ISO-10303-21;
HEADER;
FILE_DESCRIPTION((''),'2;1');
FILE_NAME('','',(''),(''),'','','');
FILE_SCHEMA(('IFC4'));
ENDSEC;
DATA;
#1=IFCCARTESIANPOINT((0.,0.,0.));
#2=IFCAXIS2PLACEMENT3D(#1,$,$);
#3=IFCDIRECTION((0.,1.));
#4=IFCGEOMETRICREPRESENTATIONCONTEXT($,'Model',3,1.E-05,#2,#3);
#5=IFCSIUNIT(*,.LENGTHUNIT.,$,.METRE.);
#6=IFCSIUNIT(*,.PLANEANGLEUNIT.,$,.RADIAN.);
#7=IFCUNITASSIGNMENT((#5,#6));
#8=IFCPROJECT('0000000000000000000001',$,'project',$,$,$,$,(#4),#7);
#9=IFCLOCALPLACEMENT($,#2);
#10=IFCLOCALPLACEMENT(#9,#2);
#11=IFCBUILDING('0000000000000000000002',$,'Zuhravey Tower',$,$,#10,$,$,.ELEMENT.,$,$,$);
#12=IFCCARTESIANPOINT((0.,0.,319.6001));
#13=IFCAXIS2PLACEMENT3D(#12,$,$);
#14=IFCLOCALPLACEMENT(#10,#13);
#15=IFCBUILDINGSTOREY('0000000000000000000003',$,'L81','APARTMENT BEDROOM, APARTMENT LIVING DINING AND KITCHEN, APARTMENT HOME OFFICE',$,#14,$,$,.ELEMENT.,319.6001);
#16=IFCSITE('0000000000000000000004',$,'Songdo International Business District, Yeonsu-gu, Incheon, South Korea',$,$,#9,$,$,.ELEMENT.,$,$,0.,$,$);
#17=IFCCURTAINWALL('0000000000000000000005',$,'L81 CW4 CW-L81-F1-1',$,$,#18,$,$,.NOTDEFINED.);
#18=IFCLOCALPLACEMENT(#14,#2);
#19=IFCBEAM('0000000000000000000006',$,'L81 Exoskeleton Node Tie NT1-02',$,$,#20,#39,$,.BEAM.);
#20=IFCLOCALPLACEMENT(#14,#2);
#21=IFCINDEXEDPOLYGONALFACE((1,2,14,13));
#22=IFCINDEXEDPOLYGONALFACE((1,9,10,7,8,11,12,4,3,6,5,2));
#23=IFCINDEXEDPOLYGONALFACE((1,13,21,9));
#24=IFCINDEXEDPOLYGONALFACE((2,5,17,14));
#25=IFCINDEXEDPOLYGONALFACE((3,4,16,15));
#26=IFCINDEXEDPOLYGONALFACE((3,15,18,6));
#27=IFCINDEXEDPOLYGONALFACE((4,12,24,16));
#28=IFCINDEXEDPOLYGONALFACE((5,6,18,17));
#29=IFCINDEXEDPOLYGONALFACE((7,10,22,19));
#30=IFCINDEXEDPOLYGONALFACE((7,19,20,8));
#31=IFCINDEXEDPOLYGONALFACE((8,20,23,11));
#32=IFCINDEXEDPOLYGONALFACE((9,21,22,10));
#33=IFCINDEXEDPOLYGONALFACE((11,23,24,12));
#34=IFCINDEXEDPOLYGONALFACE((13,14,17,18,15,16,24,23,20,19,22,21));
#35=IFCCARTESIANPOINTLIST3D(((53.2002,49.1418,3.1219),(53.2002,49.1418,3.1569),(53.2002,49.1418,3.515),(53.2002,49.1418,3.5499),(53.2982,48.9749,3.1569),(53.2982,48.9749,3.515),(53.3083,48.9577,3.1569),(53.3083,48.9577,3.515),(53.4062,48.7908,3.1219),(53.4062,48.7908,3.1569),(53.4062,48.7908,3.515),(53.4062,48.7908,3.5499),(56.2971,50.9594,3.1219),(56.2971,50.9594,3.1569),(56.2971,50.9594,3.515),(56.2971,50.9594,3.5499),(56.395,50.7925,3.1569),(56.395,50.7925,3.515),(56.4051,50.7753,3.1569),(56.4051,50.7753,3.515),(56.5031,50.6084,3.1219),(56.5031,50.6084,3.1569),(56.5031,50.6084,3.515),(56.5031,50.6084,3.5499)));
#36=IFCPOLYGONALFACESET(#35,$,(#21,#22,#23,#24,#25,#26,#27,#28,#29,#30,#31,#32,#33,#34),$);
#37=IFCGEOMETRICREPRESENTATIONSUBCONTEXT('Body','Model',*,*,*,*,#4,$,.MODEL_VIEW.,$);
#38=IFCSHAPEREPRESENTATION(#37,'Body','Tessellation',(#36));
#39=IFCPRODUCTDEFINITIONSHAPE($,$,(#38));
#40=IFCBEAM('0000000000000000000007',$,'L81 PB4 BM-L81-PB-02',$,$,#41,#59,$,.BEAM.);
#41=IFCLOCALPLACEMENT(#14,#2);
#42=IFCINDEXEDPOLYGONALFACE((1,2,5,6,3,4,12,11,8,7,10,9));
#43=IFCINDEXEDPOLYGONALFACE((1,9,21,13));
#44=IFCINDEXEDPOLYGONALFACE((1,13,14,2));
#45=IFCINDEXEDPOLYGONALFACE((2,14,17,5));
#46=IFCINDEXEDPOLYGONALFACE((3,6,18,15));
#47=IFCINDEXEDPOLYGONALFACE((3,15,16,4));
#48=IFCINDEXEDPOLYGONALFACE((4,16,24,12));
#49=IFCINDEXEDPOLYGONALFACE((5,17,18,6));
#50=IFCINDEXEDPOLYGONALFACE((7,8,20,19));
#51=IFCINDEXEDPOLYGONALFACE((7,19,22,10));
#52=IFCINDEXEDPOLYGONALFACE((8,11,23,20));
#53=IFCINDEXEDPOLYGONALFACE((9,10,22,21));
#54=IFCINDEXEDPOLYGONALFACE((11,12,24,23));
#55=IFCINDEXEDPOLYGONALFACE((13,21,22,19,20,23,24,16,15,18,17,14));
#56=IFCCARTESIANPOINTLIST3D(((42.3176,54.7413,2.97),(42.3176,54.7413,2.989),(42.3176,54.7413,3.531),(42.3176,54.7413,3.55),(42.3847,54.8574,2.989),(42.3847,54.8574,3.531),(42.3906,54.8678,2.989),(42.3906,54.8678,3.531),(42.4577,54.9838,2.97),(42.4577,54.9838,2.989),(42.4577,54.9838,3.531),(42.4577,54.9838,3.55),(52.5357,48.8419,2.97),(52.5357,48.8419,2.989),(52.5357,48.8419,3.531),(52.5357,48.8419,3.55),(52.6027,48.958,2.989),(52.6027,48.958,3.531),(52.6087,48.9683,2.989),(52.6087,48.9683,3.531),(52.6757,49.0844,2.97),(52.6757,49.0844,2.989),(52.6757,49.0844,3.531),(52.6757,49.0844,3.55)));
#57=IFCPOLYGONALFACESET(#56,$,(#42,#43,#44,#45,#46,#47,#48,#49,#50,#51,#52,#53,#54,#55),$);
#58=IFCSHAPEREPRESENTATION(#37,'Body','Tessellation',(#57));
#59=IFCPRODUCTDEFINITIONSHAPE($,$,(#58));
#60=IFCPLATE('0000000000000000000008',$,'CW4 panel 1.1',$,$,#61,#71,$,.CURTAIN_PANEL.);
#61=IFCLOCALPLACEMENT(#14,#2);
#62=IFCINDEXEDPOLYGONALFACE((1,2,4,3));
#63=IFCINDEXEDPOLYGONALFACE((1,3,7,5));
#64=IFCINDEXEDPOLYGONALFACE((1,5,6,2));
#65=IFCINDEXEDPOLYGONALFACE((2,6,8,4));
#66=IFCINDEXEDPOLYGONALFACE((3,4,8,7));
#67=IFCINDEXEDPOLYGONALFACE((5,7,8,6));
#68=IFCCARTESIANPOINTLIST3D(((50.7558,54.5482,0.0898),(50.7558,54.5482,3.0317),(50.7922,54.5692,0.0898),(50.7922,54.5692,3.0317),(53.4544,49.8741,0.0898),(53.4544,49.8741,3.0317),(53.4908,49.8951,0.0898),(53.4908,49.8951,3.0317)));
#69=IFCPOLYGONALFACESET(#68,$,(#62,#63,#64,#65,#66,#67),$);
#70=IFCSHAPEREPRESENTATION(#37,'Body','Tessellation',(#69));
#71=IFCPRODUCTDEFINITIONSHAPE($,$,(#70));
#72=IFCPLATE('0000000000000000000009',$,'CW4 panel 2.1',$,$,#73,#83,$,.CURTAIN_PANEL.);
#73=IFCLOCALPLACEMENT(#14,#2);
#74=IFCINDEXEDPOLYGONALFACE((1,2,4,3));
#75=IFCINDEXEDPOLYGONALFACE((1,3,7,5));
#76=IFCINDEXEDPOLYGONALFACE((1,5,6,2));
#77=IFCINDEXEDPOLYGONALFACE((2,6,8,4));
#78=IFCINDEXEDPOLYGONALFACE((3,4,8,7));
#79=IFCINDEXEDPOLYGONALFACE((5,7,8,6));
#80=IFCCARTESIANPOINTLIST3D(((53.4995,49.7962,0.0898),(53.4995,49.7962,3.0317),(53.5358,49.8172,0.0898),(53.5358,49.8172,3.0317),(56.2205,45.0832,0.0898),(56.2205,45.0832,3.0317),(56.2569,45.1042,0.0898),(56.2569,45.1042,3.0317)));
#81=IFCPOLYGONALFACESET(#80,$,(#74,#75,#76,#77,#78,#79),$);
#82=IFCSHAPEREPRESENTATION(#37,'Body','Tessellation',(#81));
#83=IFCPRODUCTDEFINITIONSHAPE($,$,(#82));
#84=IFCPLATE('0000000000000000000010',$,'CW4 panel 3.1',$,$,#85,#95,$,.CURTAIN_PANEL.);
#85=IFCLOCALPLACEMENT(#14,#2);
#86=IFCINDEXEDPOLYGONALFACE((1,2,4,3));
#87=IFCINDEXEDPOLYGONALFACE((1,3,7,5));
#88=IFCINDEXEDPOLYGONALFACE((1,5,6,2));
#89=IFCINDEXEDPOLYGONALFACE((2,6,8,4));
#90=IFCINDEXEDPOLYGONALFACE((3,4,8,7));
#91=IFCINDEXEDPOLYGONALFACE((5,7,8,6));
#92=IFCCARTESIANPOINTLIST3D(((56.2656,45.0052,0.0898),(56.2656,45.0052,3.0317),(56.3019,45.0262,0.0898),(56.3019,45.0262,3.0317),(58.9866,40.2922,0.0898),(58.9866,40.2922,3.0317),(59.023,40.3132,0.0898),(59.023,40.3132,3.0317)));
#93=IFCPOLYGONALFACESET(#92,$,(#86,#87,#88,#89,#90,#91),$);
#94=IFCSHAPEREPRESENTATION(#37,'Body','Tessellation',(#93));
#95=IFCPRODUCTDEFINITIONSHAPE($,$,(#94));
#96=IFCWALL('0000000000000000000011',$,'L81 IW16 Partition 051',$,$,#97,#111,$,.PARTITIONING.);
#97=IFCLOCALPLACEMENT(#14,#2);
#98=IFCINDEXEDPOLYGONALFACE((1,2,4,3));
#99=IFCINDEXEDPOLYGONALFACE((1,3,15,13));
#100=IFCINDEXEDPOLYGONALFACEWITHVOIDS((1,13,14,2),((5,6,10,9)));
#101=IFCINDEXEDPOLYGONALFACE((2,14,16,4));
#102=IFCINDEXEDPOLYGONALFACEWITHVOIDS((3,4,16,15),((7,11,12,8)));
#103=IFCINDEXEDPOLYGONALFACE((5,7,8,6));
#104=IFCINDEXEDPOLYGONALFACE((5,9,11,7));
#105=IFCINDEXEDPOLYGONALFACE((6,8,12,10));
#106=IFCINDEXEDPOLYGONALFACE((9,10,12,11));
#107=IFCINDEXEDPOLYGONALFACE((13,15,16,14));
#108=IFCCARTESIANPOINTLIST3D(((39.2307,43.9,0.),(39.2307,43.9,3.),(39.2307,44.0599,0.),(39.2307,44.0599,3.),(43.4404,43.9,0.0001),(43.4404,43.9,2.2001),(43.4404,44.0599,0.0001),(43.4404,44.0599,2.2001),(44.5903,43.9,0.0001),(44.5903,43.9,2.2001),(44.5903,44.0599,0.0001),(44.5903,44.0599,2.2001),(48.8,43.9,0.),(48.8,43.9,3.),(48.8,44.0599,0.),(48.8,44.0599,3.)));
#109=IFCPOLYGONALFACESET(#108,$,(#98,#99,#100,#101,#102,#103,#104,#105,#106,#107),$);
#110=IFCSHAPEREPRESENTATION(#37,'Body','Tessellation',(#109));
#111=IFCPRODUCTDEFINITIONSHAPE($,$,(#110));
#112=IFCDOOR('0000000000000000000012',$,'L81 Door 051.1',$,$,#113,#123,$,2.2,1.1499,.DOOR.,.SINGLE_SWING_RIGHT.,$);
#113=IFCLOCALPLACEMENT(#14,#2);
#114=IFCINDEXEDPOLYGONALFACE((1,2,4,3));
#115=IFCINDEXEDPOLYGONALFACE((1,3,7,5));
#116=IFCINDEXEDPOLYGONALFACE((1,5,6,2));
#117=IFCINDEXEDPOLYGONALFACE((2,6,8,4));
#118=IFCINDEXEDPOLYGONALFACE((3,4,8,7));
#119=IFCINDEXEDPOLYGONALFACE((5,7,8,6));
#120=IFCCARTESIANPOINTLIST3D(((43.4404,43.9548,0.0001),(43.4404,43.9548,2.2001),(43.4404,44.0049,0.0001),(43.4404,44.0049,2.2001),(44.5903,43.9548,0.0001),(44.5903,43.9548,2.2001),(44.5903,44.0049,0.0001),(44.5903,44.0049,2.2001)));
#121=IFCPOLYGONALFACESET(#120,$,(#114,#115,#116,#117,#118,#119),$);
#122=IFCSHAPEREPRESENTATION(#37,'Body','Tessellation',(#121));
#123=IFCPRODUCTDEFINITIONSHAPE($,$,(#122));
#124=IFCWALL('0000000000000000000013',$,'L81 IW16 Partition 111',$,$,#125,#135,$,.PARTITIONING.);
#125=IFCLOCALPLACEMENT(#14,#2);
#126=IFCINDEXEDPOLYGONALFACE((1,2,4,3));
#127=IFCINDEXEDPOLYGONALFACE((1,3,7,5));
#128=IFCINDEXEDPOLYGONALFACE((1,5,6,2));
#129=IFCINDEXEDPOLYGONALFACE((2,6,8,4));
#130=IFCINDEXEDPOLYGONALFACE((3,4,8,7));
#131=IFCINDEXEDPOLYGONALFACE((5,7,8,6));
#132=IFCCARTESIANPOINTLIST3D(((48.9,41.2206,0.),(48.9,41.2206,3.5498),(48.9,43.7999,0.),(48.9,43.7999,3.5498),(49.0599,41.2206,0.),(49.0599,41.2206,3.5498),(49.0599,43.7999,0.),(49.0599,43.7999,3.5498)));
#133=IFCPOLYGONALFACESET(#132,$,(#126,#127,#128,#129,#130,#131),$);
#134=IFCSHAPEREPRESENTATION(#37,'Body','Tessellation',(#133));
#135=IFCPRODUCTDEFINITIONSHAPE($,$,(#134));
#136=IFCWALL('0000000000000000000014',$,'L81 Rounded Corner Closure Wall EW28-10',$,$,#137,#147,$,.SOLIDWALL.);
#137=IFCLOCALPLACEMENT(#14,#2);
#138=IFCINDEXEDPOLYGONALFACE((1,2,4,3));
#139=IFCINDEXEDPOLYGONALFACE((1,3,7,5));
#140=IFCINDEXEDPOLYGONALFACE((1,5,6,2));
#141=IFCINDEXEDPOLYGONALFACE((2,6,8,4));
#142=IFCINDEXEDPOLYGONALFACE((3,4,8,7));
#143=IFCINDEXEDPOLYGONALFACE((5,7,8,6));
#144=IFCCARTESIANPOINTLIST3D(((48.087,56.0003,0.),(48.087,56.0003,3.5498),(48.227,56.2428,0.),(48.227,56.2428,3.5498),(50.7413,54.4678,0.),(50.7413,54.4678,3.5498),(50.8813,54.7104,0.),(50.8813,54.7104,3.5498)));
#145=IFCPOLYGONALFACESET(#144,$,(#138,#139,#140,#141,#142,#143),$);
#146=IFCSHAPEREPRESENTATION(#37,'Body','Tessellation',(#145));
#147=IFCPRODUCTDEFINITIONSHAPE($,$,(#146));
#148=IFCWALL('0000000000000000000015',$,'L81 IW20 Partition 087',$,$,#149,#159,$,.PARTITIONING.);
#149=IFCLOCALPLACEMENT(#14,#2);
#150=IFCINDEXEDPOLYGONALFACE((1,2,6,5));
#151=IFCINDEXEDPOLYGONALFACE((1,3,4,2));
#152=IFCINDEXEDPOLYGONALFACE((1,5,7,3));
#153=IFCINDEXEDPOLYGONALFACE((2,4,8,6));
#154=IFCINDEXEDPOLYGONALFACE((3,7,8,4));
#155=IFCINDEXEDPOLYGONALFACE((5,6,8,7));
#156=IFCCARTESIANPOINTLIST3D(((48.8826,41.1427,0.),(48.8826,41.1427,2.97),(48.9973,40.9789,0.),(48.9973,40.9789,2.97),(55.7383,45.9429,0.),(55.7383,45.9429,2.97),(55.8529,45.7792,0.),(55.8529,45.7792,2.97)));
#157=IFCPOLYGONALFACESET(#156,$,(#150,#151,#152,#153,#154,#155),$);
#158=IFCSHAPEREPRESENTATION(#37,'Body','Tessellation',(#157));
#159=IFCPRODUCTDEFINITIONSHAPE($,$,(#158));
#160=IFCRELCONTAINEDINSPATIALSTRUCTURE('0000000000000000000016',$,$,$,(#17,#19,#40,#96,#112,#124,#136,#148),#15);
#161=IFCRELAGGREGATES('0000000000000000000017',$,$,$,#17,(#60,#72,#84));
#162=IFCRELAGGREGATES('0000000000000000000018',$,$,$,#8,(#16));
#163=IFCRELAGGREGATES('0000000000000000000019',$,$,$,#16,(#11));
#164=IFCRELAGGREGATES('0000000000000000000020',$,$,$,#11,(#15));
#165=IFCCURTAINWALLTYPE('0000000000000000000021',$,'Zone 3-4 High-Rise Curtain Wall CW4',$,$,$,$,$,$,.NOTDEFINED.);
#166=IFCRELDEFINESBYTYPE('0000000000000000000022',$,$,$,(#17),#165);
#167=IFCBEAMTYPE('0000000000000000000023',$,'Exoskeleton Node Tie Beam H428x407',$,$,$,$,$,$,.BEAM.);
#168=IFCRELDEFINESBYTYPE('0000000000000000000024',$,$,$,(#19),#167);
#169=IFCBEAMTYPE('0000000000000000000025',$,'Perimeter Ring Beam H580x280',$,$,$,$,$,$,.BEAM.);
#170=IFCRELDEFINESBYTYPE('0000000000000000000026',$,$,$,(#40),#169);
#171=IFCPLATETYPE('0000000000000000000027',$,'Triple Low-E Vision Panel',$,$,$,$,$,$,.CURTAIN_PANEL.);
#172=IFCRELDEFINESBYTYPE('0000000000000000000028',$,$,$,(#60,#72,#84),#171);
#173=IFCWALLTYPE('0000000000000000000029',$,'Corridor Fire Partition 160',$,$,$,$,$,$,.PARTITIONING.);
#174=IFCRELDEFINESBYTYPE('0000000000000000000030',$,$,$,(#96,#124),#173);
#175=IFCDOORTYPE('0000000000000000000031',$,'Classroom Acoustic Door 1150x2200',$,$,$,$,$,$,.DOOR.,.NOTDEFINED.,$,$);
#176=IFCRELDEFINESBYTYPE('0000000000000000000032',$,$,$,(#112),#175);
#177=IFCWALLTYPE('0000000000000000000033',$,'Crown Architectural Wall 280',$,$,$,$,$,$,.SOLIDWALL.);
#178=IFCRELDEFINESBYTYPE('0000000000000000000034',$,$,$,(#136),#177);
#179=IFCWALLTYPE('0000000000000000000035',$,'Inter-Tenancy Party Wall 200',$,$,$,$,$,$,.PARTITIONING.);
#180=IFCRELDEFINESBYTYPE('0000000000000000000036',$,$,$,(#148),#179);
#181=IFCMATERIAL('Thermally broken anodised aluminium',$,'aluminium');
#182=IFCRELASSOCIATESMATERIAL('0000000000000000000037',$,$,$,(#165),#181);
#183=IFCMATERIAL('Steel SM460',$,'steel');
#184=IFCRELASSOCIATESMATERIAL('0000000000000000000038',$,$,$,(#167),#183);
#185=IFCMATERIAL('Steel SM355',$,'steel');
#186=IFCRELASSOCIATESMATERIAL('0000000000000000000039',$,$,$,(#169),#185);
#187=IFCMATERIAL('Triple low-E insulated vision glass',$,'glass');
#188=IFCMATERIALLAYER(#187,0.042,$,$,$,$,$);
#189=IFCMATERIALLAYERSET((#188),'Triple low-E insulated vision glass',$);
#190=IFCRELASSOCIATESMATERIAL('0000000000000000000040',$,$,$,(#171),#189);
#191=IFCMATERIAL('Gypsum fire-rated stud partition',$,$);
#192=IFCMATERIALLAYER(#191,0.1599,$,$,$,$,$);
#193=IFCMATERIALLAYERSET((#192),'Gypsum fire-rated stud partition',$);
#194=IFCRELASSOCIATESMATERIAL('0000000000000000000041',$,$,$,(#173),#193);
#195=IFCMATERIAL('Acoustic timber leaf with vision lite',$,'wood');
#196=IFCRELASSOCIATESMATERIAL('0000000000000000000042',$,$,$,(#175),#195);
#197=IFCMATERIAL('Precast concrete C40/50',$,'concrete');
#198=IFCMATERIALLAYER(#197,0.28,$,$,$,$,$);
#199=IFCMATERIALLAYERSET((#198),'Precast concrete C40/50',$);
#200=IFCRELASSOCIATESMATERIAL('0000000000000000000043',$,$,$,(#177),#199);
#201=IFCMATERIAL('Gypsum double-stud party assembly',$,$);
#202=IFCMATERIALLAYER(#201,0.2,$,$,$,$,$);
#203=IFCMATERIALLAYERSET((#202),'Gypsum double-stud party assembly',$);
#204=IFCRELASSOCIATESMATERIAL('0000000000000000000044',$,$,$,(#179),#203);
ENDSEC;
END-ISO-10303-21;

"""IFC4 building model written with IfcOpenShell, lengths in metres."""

from ifc_helpers import new_model, si_unit, direction, frame, frame_2d, origin, origin_2d, place, context, subcontext, project, spatial, rectangle, i_section, extrude, material, layer, layer_set, material_profile, profile_set, type_object, element, fill, aggregate, save


model = new_model("IFC4")

# Units and contexts
model_context = context("Model", 3, precision=1e-05, world=origin(), true_north=direction((0.0, 1.0)))
body_context = subcontext(model_context, "Body", "Model", "MODEL_VIEW")
ifc_project = project(units=[si_unit("LENGTHUNIT", "METRE"), si_unit("PLANEANGLEUNIT", "RADIAN")], contexts=[model_context])

# Site, building, storey
site_placement = place(None, origin())
site = spatial("IfcSite", under=ifc_project, at=site_placement, Name="Songdo International Business District, Yeonsu-gu, Incheon, South Korea", CompositionType="ELEMENT", RefElevation=0.0)
building_placement = place(site_placement, origin())
building = spatial("IfcBuilding", under=site, at=building_placement, Name="Zuhravey Tower", CompositionType="ELEMENT")
storey_placement = place(building_placement, frame((0.0, 0.0, 319.6001)))
storey = spatial("IfcBuildingStorey", under=building, at=storey_placement, Name="L81", Description="APARTMENT BEDROOM, APARTMENT LIVING DINING AND KITCHEN, APARTMENT HOME OFFICE", CompositionType="ELEMENT", Elevation=319.6001)

# Shared definitions
ifc_material_1 = material(Name="Thermally broken anodised aluminium", Category="aluminium")
curtain_wall_type = type_object("IfcCurtainWallType", Name="Zone 3-4 High-Rise Curtain Wall CW4", PredefinedType="NOTDEFINED", material=ifc_material_1)

# Curtain wall
curtain_wall_1_placement = place(storey_placement, origin())
curtain_wall_1 = element("IfcCurtainWall", 1, at=curtain_wall_1_placement, inside=storey, type_object=curtain_wall_type, Name="L81 CW4 CW-L81-F1-1", PredefinedType="NOTDEFINED")

# Beams
ifc_material_2 = material(Name="Steel SM460", Category="steel")
ifc_material_profile_1 = material_profile(ifc_material_2, i_section(OverallWidth=0.407, OverallDepth=0.428, WebThickness=0.02, FlangeThickness=0.0349, at=origin_2d()), Name="H-428x407x20x35")
ifc_profile_set_1 = profile_set([ifc_material_profile_1], Name="Steel SM460")
beam_type_1 = type_object("IfcBeamType", Name="Exoskeleton Node Tie Beam H428x407", PredefinedType="BEAM", material=ifc_profile_set_1)
beam_1_placement = place(storey_placement, frame((53.3032, 48.9663, 3.3359), z_axis=(0.862432, 0.506173, 0.0), x_axis=(-0.506173, 0.862432, 0.0)))
element("IfcBeam", 2, at=beam_1_placement, inside=storey, type_object=beam_type_1, Name="L81 Exoskeleton Node Tie NT1-02", PredefinedType="BEAM", context=body_context, shape_type="SweptSolid", body=[
    extrude(i_section(OverallWidth=0.407, OverallDepth=0.428, WebThickness=0.02, FlangeThickness=0.0349, at=origin_2d()), origin(), (0.0, 0.0, 1.0), 3.5908),
])
ifc_material_3 = material(Name="Steel SM355", Category="steel")
ifc_material_profile_2 = material_profile(ifc_material_3, i_section(OverallWidth=0.28, OverallDepth=0.5801, WebThickness=0.012, FlangeThickness=0.019, at=origin_2d()), Name="H-580x280x12x19")
ifc_profile_set_2 = profile_set([ifc_material_profile_2], Name="Steel SM355")
beam_type_2 = type_object("IfcBeamType", Name="Perimeter Ring Beam H580x280", PredefinedType="BEAM", material=ifc_profile_set_2)
beam_2_placement = place(storey_placement, frame((52.6057, 48.9631, 3.26), z_axis=(-0.866024, 0.500002, 0.0), x_axis=(-0.500002, -0.866024, 0.0)))
element("IfcBeam", 3, at=beam_2_placement, inside=storey, type_object=beam_type_2, Name="L81 PB4 BM-L81-PB-02", PredefinedType="BEAM", context=body_context, shape_type="SweptSolid", body=[
    extrude(i_section(OverallWidth=0.28, OverallDepth=0.5801, WebThickness=0.012, FlangeThickness=0.019, at=origin_2d()), origin(), (0.0, 0.0, 1.0), 11.7988),
])

# Plates
ifc_material_4 = material(Name="Triple low-E insulated vision glass", Category="glass")
ifc_layer_1 = layer(ifc_material_4, 0.042)
ifc_layer_set_1 = layer_set([ifc_layer_1], Name="Triple low-E insulated vision glass")
plate_type = type_object("IfcPlateType", Name="Triple Low-E Vision Panel", PredefinedType="CURTAIN_PANEL", material=ifc_layer_set_1)
plate_1_placement = place(storey_placement, frame((52.1233, 52.2217, 0.0898), z_axis=(0.0, 0.0, 1.0), x_axis=(0.500001, -0.866025, 0.0)))
plate_1 = element("IfcPlate", 4, at=plate_1_placement, type_object=plate_type, Name="CW4 panel 1.1", PredefinedType="CURTAIN_PANEL", context=body_context, shape_type="SweptSolid", body=[
    extrude(rectangle(XDim=5.3972, YDim=0.042, at=origin_2d()), origin(), (0.0, 0.0, 1.0), 2.9419),
])
plate_2_placement = place(storey_placement, frame((54.8782, 47.4502, 0.0898), z_axis=(0.0, 0.0, 1.0), x_axis=(0.500001, -0.866025, 0.0)))
plate_2 = element("IfcPlate", 5, at=plate_2_placement, type_object=plate_type, Name="CW4 panel 2.1", PredefinedType="CURTAIN_PANEL", context=body_context, shape_type="SweptSolid", body=[
    extrude(rectangle(XDim=5.4421, YDim=0.042, at=origin_2d()), origin(), (0.0, 0.0, 1.0), 2.9419),
])
plate_3_placement = place(storey_placement, frame((57.6443, 42.6592, 0.0898), z_axis=(0.0, 0.0, 1.0), x_axis=(0.500001, -0.866025, 0.0)))
plate_3 = element("IfcPlate", 6, at=plate_3_placement, type_object=plate_type, Name="CW4 panel 3.1", PredefinedType="CURTAIN_PANEL", context=body_context, shape_type="SweptSolid", body=[
    extrude(rectangle(XDim=5.4421, YDim=0.042, at=origin_2d()), origin(), (0.0, 0.0, 1.0), 2.9419),
])
aggregate(curtain_wall_1, [plate_1, plate_2, plate_3])

# Wall, opening, door
ifc_material_5 = material(Name="Gypsum fire-rated stud partition")
ifc_layer_2 = layer(ifc_material_5, 0.1599)
ifc_layer_set_2 = layer_set([ifc_layer_2], Name="Gypsum fire-rated stud partition")
wall_type_1 = type_object("IfcWallType", Name="Corridor Fire Partition 160", PredefinedType="PARTITIONING", material=ifc_layer_set_2)
wall_1_placement = place(storey_placement, frame((48.8, 43.98, 0.0), z_axis=(0.0, 0.0, 1.0), x_axis=(-1.0, 0.0, 0.0)))
wall_1 = element("IfcWall", 7, at=wall_1_placement, inside=storey, type_object=wall_type_1, Name="L81 IW16 Partition 051", PredefinedType="PARTITIONING", context=body_context, shape_type="SweptSolid", body=[
    extrude(rectangle(XDim=9.5693, YDim=0.1599, at=frame_2d((4.7847, 0.0))), origin(), (0.0, 0.0, 1.0), 3.0),
])
opening_placement = place(wall_1_placement, frame((4.2097, 0.0, 0.0)))
opening = element("IfcOpeningElement", 8, at=opening_placement, cuts=wall_1, PredefinedType="OPENING", context=body_context, shape_type="SweptSolid", body=[
    extrude(rectangle(XDim=1.1499, YDim=2.2, at=frame_2d((0.575, 1.1001))), frame((0.0, 0.092, 0.0), z_axis=(0.0, -1.0, 0.0), x_axis=(1.0, 0.0, 0.0)), (0.0, 0.0, 1.0), 0.1838),
])
ifc_material_6 = material(Name="Acoustic timber leaf with vision lite", Category="wood")
door_type = type_object("IfcDoorType", Name="Classroom Acoustic Door 1150x2200", OperationType="NOTDEFINED", PredefinedType="DOOR", material=ifc_material_6)
door_placement = place(opening_placement, frame((1.1499, 0.0, 0.0), z_axis=(0.0, 0.0, 1.0), x_axis=(-1.0, 0.0, 0.0)))
door = element("IfcDoor", 9, at=door_placement, inside=storey, type_object=door_type, Name="L81 Door 051.1", OperationType="SINGLE_SWING_RIGHT", OverallHeight=2.2, OverallWidth=1.1499, PredefinedType="DOOR", context=body_context, shape_type="SweptSolid", body=[
    extrude(rectangle(XDim=1.1499, YDim=2.2, at=frame_2d((0.575, 1.1001))), frame((0.0, 0.0249, 0.0), z_axis=(0.0, -1.0, 0.0), x_axis=(1.0, 0.0, 0.0)), (0.0, 0.0, 1.0), 0.05),
])
fill(opening, door)

# Walls
wall_2_placement = place(storey_placement, frame((48.98, 41.2207, 0.0), z_axis=(0.0, 0.0, 1.0), x_axis=(0.0, 1.0, 0.0)))
element("IfcWall", 10, at=wall_2_placement, inside=storey, type_object=wall_type_1, Name="L81 IW16 Partition 111", PredefinedType="PARTITIONING", context=body_context, shape_type="SweptSolid", body=[
    extrude(rectangle(XDim=2.5793, YDim=0.1599, at=frame_2d((1.2896, 0.0))), origin(), (0.0, 0.0, 1.0), 3.5498),
])
ifc_material_7 = material(Name="Precast concrete C40/50", Category="concrete")
ifc_layer_3 = layer(ifc_material_7, 0.28)
ifc_layer_set_3 = layer_set([ifc_layer_3], Name="Precast concrete C40/50")
wall_type_2 = type_object("IfcWallType", Name="Crown Architectural Wall 280", PredefinedType="SOLIDWALL", material=ifc_layer_set_3)
wall_3_placement = place(storey_placement, frame((48.157, 56.1216, 0.0), z_axis=(0.0, 0.0, 1.0), x_axis=(0.866024, -0.500003, 0.0)))
element("IfcWall", 11, at=wall_3_placement, inside=storey, type_object=wall_type_2, Name="L81 Rounded Corner Closure Wall EW28-10", PredefinedType="SOLIDWALL", context=body_context, shape_type="SweptSolid", body=[
    extrude(rectangle(XDim=3.0649, YDim=0.28, at=frame_2d((1.5325, 0.0))), origin(), (0.0, 0.0, 1.0), 3.5498),
])
ifc_material_8 = material(Name="Gypsum double-stud party assembly")
ifc_layer_4 = layer(ifc_material_8, 0.2)
ifc_layer_set_4 = layer_set([ifc_layer_4], Name="Gypsum double-stud party assembly")
wall_type_3 = type_object("IfcWallType", Name="Inter-Tenancy Party Wall 200", PredefinedType="PARTITIONING", material=ifc_layer_set_4)
wall_4_placement = place(storey_placement, frame((48.9399, 41.0608, 0.0), z_axis=(0.0, 0.0, 1.0), x_axis=(0.819159, 0.573566, 0.0)))
element("IfcWall", 12, at=wall_4_placement, inside=storey, type_object=wall_type_3, Name="L81 IW20 Partition 087", PredefinedType="PARTITIONING", context=body_context, shape_type="SweptSolid", body=[
    extrude(rectangle(XDim=8.3691, YDim=0.2, at=frame_2d((4.1846, 0.0))), origin(), (0.0, 0.0, 1.0), 2.97),
])

save(model, "model.ifc")
